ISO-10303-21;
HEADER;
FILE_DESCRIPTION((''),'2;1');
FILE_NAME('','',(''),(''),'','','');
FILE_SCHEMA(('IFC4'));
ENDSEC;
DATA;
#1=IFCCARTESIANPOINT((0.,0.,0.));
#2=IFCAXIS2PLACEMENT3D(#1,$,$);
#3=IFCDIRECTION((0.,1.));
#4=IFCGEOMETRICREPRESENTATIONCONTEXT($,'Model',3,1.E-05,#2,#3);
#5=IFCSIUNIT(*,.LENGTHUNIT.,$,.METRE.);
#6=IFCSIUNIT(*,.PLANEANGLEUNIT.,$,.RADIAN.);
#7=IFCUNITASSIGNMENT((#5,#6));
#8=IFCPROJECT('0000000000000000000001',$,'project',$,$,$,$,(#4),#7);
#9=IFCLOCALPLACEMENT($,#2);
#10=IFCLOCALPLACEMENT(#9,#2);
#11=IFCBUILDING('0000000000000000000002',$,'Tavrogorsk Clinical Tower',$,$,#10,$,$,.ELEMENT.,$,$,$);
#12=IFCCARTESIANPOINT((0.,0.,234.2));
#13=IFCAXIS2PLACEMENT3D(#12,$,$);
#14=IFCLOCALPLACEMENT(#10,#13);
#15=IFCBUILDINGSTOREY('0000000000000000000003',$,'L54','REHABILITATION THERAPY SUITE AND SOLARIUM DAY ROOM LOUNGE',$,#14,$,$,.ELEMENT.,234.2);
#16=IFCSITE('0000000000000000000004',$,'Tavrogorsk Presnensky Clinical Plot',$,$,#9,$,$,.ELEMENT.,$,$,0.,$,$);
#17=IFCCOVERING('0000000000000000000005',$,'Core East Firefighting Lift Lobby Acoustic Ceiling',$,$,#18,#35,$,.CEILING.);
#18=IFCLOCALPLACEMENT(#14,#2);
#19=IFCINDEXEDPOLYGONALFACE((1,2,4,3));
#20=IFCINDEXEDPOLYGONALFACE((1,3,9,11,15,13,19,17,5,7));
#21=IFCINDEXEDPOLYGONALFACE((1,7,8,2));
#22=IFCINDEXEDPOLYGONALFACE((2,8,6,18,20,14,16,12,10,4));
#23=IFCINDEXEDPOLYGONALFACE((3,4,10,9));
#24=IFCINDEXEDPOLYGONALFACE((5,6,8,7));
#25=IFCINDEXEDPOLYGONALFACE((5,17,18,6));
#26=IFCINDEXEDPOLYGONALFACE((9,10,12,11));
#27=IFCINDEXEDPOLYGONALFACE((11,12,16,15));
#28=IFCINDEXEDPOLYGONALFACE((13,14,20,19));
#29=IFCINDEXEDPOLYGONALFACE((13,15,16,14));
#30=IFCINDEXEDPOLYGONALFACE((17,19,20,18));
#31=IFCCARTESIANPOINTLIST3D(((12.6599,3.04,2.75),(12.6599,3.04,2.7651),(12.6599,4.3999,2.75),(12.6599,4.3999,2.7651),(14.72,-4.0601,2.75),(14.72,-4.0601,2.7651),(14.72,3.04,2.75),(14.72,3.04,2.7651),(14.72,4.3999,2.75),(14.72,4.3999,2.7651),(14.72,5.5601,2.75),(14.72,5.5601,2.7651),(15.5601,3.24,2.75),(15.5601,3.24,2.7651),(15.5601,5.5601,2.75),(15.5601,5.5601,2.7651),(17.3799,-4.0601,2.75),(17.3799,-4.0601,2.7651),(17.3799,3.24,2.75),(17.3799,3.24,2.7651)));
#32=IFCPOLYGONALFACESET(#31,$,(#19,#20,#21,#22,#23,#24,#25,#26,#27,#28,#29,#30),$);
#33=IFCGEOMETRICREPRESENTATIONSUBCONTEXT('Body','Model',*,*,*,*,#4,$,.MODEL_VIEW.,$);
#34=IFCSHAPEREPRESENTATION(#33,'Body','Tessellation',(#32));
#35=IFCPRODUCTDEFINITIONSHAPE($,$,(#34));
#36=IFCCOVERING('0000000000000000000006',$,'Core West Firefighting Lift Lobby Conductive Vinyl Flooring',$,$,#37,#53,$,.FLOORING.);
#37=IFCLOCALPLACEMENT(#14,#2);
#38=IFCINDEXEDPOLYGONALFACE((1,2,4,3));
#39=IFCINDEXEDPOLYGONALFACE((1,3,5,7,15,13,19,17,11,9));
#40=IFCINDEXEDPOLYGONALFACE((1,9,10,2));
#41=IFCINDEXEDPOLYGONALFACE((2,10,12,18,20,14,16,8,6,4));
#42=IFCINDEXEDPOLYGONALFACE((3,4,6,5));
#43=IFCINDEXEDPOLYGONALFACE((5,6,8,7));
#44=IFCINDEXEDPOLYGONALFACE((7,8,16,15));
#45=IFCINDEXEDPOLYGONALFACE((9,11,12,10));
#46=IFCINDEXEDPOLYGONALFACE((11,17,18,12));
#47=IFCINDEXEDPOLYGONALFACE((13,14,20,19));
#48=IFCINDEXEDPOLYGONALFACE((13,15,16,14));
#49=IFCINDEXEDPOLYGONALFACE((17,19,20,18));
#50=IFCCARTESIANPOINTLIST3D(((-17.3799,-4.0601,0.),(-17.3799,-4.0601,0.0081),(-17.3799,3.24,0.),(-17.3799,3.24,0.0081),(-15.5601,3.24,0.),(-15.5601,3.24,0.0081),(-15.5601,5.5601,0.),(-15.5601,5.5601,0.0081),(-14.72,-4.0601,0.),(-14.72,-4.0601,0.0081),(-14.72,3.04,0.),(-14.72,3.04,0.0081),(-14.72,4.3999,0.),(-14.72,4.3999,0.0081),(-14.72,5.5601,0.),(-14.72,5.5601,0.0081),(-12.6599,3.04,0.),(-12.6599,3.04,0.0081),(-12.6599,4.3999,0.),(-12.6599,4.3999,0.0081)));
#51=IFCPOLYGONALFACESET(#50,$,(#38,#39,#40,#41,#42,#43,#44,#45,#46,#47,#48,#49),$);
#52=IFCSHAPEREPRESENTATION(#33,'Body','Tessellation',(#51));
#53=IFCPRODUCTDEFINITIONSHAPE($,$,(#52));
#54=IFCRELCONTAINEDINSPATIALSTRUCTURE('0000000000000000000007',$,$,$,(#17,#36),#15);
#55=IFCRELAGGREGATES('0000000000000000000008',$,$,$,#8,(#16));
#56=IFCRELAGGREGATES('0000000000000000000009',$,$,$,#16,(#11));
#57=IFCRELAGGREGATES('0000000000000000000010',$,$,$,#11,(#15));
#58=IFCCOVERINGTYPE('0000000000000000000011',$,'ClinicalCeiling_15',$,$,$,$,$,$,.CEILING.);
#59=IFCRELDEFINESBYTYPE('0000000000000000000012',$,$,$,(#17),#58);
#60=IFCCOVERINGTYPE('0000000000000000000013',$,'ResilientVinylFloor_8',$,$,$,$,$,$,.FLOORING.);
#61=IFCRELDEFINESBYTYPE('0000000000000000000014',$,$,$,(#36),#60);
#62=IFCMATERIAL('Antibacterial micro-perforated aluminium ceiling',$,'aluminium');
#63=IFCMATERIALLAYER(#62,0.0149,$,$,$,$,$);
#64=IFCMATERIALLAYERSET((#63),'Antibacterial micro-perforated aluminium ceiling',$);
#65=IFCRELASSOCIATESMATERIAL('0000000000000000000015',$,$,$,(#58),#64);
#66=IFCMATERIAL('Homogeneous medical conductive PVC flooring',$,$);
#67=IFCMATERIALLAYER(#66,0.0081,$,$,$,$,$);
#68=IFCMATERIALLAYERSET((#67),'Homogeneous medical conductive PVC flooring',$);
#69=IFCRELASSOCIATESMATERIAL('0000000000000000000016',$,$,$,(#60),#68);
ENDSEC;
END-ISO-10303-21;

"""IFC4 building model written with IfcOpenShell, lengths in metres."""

from ifc_helpers import new_model, si_unit, direction, frame, origin, place, context, subcontext, project, spatial, polyline, outline, extrude, material, layer, layer_set, type_object, element, save


model = new_model("IFC4")

# Units and contexts
model_context = context("Model", 3, precision=1e-05, world=origin(), true_north=direction((0.0, 1.0)))
body_context = subcontext(model_context, "Body", "Model", "MODEL_VIEW")
ifc_project = project(units=[si_unit("LENGTHUNIT", "METRE"), si_unit("PLANEANGLEUNIT", "RADIAN")], contexts=[model_context])

# Site, building, storey
site_placement = place(None, origin())
site = spatial("IfcSite", under=ifc_project, at=site_placement, Name="Tavrogorsk Presnensky Clinical Plot", CompositionType="ELEMENT", RefElevation=0.0)
building_placement = place(site_placement, origin())
building = spatial("IfcBuilding", under=site, at=building_placement, Name="Tavrogorsk Clinical Tower", CompositionType="ELEMENT")
storey_placement = place(building_placement, frame((0.0, 0.0, 234.2)))
storey = spatial("IfcBuildingStorey", under=building, at=storey_placement, Name="L54", Description="REHABILITATION THERAPY SUITE AND SOLARIUM DAY ROOM LOUNGE", CompositionType="ELEMENT", Elevation=234.2)

# Coverings
ifc_material_1 = material(Name="Antibacterial micro-perforated aluminium ceiling", Category="aluminium")
ifc_layer_1 = layer(ifc_material_1, 0.0149)
ifc_layer_set_1 = layer_set([ifc_layer_1], Name="Antibacterial micro-perforated aluminium ceiling")
covering_type_1 = type_object("IfcCoveringType", Name="ClinicalCeiling_15", PredefinedType="CEILING", material=ifc_layer_set_1)
covering_1_placement = place(storey_placement, frame((0.0, 0.0, 2.75)))
element("IfcCovering", 1, at=covering_1_placement, inside=storey, type_object=covering_type_1, Name="Core East Firefighting Lift Lobby Acoustic Ceiling", PredefinedType="CEILING", context=body_context, shape_type="SweptSolid", body=[
    extrude(outline(polyline([(14.72, 3.04), (12.6599, 3.04), (12.6599, 4.3999), (14.72, 4.3999), (14.72, 5.5601), (15.5601, 5.5601), (15.5601, 3.24), (17.3799, 3.24), (17.3799, -4.0601), (14.72, -4.0601), (14.72, 3.04)])), origin(), (0.0, 0.0, 1.0), 0.0151),
])
ifc_material_2 = material(Name="Homogeneous medical conductive PVC flooring")
ifc_layer_2 = layer(ifc_material_2, 0.0081)
ifc_layer_set_2 = layer_set([ifc_layer_2], Name="Homogeneous medical conductive PVC flooring")
covering_type_2 = type_object("IfcCoveringType", Name="ResilientVinylFloor_8", PredefinedType="FLOORING", material=ifc_layer_set_2)
covering_2_placement = place(storey_placement, origin())
element("IfcCovering", 2, at=covering_2_placement, inside=storey, type_object=covering_type_2, Name="Core West Firefighting Lift Lobby Conductive Vinyl Flooring", PredefinedType="FLOORING", context=body_context, shape_type="SweptSolid", body=[
    extrude(outline(polyline([(-17.3799, -4.0601), (-17.3799, 3.24), (-15.5601, 3.24), (-15.5601, 5.5601), (-14.72, 5.5601), (-14.72, 4.3999), (-12.6599, 4.3999), (-12.6599, 3.04), (-14.72, 3.04), (-14.72, -4.0601), (-17.3799, -4.0601)])), origin(), (0.0, 0.0, 1.0), 0.0081),
])

save(model, "model.ifc")
